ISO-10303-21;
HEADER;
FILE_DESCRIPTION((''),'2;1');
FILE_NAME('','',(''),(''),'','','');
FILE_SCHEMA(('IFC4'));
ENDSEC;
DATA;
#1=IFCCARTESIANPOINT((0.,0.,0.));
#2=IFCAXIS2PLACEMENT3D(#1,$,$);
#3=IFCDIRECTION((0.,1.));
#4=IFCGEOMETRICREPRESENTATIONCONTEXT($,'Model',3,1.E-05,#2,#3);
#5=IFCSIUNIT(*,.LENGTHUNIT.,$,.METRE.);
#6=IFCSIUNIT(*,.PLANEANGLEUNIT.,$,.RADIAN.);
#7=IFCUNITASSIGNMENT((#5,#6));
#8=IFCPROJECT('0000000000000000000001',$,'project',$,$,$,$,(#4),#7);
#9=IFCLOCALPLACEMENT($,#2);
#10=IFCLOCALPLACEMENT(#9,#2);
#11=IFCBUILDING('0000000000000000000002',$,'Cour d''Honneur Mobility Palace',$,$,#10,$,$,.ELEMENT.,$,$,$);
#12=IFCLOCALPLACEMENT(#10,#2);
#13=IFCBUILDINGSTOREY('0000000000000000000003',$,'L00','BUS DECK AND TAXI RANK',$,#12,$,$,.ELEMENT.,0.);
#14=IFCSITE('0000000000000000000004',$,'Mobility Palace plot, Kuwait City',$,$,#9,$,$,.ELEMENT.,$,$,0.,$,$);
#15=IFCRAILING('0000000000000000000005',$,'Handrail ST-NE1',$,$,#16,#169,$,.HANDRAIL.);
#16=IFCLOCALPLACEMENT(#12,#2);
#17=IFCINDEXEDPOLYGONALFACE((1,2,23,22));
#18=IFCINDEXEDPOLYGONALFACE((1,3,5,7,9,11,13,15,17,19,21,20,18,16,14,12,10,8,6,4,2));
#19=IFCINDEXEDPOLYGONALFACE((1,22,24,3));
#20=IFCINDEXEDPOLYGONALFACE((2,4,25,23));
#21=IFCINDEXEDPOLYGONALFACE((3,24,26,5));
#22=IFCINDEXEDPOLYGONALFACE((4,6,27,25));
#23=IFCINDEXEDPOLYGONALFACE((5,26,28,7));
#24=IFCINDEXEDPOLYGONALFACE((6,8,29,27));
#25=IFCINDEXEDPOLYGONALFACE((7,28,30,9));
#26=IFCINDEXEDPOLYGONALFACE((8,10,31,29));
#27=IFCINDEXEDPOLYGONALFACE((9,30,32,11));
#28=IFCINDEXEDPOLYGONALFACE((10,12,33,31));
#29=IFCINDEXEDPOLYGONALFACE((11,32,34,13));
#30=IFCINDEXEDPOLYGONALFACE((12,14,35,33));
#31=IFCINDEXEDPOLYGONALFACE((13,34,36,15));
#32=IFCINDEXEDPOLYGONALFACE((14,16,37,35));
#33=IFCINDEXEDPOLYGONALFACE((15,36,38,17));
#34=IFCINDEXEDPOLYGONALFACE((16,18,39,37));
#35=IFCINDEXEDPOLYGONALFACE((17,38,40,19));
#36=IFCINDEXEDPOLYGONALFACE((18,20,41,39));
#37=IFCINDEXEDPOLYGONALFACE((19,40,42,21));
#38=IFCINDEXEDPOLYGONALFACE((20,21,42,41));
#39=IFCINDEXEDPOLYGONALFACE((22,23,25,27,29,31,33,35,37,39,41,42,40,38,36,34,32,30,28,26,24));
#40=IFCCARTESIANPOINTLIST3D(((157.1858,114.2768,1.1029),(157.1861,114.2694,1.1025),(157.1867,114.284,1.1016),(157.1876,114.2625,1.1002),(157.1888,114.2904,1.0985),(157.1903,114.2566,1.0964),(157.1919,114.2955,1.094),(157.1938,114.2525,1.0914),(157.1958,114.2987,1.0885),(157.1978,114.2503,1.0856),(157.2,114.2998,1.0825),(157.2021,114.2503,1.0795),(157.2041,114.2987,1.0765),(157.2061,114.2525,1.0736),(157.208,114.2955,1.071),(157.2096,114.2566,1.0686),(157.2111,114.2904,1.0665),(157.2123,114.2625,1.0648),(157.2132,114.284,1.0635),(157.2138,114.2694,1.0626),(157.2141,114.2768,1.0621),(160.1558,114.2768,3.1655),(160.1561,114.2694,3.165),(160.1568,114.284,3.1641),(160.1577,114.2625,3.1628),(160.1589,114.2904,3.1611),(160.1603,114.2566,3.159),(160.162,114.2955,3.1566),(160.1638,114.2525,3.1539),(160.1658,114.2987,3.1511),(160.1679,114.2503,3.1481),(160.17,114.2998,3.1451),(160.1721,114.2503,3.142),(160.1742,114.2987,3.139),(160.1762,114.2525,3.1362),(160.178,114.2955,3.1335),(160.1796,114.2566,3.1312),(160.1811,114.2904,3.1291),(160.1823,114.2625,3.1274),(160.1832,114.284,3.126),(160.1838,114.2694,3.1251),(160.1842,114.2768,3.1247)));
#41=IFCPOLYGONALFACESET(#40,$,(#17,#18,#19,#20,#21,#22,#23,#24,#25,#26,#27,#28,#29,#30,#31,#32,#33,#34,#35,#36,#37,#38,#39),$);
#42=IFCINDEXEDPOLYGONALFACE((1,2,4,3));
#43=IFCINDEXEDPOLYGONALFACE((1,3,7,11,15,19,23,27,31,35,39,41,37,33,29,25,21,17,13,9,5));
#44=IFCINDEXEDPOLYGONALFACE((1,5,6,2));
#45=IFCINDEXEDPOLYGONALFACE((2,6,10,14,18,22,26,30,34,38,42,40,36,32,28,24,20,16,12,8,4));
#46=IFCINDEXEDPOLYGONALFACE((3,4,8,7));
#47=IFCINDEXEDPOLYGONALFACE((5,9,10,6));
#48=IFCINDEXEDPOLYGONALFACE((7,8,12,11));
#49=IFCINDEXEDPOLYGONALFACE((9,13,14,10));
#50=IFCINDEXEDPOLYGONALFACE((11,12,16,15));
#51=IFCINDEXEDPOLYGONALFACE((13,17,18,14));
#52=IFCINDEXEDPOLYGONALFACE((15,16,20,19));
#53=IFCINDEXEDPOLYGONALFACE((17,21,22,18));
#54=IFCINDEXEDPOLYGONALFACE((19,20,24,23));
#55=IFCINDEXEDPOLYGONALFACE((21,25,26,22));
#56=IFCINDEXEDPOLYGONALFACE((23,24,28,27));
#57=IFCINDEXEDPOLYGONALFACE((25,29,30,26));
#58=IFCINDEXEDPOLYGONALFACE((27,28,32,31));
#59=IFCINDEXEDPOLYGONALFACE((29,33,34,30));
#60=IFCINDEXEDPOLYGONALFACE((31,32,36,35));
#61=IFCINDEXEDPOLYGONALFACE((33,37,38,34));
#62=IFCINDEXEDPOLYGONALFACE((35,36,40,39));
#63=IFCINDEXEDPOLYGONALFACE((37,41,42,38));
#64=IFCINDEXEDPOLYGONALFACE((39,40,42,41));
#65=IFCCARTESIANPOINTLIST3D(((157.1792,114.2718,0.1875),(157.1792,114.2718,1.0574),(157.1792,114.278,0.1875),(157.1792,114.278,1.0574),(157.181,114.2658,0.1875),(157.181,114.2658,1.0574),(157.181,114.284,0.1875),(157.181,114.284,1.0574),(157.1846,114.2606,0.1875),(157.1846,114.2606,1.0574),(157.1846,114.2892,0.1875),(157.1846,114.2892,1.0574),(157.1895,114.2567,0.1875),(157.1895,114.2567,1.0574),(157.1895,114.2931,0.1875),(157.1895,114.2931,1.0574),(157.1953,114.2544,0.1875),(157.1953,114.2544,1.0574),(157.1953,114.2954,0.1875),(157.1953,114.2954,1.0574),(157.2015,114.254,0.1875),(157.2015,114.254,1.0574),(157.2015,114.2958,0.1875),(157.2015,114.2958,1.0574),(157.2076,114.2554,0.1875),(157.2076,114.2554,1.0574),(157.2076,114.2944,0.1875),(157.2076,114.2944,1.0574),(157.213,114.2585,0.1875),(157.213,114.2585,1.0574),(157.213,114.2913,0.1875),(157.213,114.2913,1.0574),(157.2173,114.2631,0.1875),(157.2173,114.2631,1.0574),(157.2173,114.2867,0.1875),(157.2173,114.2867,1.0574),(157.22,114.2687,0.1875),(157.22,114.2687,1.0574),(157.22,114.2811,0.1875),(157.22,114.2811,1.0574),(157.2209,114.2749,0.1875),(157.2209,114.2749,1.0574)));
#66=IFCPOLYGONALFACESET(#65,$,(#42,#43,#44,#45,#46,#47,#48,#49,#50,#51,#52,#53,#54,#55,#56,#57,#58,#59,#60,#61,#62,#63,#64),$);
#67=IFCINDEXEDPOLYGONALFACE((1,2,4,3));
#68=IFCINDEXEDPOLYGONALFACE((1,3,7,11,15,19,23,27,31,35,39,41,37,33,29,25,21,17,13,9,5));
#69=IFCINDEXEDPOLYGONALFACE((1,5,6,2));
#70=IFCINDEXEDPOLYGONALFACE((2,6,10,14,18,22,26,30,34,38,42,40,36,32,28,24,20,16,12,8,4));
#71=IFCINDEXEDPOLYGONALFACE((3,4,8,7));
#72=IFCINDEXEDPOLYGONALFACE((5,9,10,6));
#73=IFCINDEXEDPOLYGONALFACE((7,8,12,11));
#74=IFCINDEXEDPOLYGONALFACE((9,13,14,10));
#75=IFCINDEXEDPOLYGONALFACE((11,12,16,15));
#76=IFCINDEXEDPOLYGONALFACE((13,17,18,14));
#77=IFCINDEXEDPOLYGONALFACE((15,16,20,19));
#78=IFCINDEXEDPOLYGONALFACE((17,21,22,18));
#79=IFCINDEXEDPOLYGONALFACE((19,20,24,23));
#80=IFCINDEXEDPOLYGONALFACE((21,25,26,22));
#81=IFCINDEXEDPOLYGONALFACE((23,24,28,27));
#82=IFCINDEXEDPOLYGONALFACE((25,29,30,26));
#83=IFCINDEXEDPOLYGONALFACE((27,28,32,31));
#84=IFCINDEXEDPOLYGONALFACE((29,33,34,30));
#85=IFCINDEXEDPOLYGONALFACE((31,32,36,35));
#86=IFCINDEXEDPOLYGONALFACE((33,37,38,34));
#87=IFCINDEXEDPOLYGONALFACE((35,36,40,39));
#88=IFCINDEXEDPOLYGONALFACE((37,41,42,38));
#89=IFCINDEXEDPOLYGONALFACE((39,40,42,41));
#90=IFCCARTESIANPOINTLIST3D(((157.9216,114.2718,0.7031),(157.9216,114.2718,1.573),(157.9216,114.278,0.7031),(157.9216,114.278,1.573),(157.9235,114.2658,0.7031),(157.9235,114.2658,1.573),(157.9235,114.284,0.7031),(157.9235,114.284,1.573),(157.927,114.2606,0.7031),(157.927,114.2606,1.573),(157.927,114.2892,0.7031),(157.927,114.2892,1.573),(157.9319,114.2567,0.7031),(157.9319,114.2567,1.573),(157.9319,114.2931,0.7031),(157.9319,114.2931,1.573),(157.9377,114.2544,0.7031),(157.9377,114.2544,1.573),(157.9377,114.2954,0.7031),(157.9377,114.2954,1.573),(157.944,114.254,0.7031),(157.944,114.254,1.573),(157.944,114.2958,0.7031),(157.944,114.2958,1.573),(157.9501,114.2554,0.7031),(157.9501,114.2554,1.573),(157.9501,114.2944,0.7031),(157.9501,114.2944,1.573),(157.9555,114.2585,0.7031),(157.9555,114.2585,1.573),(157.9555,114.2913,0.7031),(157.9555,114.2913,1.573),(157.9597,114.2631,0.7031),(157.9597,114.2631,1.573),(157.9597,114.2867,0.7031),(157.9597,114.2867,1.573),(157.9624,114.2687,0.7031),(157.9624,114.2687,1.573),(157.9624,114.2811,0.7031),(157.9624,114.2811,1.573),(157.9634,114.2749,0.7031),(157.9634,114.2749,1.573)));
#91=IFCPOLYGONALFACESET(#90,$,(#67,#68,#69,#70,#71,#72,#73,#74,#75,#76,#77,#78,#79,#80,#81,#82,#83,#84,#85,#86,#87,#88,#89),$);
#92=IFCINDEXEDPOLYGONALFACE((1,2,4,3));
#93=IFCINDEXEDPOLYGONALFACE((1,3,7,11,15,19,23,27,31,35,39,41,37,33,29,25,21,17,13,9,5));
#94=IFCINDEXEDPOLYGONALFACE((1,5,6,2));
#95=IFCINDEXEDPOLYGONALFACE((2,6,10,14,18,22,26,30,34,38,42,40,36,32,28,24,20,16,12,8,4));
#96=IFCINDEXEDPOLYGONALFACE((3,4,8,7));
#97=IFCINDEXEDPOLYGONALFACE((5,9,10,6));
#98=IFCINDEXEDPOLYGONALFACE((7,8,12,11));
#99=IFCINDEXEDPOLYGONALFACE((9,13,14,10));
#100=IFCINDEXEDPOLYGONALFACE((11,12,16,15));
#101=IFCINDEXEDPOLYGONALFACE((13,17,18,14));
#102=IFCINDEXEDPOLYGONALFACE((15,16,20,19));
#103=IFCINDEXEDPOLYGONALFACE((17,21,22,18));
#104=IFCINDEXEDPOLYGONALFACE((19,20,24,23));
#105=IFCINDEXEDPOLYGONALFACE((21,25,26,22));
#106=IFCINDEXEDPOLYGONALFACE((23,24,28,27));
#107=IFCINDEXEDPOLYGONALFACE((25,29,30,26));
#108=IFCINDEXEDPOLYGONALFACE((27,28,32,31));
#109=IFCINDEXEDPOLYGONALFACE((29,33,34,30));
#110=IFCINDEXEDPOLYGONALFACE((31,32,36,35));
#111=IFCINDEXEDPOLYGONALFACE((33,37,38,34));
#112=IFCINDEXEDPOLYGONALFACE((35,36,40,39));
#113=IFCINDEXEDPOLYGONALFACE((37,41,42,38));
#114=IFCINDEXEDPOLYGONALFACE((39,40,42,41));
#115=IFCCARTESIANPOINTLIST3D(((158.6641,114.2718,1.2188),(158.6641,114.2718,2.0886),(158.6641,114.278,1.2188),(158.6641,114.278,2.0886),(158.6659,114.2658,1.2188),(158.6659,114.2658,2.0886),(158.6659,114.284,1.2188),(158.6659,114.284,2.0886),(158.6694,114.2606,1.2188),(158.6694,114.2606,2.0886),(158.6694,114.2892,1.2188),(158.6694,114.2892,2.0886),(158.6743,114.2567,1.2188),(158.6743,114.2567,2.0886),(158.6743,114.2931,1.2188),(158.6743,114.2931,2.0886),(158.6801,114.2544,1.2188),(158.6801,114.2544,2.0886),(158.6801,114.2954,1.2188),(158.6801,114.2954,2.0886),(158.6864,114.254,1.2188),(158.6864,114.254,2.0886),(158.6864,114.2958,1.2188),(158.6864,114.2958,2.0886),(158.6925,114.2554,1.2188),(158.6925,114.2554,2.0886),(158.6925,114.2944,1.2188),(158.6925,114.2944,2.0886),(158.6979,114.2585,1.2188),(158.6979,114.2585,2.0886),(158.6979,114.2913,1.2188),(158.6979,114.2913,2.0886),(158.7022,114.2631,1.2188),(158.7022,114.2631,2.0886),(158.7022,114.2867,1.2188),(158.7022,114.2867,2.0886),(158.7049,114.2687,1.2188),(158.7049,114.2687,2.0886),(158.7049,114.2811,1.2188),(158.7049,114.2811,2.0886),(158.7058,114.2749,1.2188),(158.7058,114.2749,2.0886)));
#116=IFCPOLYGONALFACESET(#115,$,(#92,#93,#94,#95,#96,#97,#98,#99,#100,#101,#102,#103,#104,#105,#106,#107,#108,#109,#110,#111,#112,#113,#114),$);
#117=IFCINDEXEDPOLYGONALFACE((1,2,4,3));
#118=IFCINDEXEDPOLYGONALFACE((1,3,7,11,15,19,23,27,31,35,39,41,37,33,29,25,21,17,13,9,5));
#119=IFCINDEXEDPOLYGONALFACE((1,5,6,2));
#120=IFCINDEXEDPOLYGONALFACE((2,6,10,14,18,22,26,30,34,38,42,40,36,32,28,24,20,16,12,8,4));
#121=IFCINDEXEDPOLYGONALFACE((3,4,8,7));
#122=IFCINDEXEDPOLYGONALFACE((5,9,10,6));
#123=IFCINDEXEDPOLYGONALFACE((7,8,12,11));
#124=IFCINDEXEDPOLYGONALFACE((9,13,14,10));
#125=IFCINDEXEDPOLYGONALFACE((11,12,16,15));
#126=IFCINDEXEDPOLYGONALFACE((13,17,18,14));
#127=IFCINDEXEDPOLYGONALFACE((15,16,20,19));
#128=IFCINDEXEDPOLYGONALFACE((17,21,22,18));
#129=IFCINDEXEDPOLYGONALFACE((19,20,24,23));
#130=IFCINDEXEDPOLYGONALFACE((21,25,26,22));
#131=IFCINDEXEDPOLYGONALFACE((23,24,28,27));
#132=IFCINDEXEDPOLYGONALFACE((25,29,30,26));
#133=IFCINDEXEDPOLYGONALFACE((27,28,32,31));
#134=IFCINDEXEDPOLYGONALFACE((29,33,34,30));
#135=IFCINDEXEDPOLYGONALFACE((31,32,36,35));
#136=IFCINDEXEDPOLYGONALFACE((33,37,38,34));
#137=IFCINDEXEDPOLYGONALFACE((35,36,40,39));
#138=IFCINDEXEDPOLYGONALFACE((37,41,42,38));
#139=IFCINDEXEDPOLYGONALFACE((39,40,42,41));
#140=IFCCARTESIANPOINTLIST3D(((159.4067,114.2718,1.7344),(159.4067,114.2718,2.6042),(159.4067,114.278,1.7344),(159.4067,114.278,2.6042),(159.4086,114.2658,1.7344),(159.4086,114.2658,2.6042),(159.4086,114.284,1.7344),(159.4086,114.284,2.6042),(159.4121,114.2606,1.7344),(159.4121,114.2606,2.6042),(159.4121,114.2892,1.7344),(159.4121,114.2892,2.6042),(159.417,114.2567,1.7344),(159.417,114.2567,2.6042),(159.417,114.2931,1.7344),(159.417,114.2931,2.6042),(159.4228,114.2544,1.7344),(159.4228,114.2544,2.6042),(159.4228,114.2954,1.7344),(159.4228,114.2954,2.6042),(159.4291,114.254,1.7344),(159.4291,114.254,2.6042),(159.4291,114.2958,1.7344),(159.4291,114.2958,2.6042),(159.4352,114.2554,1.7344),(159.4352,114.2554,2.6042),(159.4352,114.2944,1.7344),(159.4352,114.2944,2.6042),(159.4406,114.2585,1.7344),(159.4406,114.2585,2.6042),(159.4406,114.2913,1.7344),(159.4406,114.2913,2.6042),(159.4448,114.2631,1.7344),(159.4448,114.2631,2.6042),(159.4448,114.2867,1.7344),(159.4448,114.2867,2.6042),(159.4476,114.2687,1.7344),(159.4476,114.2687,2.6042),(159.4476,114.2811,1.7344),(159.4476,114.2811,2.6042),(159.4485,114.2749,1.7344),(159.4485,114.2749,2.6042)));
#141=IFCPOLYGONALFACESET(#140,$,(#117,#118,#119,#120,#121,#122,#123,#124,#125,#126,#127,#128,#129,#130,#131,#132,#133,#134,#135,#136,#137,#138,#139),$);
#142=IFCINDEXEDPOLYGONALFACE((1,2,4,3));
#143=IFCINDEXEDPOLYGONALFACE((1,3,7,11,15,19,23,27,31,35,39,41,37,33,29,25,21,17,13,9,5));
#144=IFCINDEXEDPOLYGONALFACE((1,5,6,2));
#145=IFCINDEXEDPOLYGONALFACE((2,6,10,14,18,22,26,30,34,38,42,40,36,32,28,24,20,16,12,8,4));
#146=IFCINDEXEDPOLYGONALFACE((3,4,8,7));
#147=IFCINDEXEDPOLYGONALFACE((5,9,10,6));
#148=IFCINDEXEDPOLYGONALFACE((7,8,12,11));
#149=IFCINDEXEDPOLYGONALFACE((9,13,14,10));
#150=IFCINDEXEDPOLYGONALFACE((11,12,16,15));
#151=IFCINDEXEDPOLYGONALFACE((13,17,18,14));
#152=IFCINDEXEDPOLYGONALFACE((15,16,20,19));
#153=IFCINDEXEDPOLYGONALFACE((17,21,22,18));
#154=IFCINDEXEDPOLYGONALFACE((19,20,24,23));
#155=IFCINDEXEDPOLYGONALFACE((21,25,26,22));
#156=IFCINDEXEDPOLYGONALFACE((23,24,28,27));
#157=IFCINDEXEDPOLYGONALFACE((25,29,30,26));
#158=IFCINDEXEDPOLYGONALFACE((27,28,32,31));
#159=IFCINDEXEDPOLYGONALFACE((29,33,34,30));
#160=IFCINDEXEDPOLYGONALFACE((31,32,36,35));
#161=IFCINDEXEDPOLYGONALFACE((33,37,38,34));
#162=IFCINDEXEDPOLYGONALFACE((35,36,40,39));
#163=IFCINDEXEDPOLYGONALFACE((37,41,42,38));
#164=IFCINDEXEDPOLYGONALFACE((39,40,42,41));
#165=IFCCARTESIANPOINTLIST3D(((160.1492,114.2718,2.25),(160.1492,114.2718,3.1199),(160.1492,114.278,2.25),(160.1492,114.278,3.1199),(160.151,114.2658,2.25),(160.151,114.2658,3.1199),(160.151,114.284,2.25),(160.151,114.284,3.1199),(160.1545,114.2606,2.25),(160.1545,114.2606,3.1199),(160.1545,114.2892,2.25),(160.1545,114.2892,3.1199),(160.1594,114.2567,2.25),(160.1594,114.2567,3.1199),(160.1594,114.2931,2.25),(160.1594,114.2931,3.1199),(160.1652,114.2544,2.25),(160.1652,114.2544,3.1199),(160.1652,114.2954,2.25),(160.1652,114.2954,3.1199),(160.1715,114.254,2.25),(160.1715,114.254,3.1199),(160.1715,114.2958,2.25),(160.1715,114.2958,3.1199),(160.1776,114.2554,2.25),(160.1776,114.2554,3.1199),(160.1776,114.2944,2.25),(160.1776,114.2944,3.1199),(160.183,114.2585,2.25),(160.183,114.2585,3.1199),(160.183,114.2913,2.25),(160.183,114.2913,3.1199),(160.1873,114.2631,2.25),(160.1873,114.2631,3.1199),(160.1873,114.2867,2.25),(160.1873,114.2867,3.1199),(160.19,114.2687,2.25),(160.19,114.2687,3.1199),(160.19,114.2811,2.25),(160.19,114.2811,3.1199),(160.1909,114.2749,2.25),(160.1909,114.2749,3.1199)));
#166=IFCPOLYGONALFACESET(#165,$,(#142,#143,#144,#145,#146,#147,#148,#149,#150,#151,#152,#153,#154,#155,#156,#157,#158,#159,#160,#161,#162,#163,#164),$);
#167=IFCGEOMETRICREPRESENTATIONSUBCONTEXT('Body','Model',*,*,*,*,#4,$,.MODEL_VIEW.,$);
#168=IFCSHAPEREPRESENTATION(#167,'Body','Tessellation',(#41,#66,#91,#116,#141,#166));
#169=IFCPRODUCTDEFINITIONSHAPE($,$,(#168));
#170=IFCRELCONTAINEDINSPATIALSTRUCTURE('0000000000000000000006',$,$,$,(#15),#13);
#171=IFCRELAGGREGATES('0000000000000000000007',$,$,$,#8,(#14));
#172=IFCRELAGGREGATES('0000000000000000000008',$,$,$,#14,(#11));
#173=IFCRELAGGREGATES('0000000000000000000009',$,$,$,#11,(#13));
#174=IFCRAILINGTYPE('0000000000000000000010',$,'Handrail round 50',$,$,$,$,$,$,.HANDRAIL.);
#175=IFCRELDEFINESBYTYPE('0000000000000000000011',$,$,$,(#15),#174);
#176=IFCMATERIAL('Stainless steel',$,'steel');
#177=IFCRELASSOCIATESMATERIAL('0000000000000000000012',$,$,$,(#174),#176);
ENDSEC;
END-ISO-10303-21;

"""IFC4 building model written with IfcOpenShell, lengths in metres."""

from ifc_helpers import new_model, si_unit, direction, frame, origin, origin_2d, place, context, subcontext, project, spatial, circle, extrude, material, type_object, element, save


model = new_model("IFC4")

# Units and contexts
model_context = context("Model", 3, precision=1e-05, world=origin(), true_north=direction((0.0, 1.0)))
body_context = subcontext(model_context, "Body", "Model", "MODEL_VIEW")
ifc_project = project(units=[si_unit("LENGTHUNIT", "METRE"), si_unit("PLANEANGLEUNIT", "RADIAN")], contexts=[model_context])

# Site, building, storey
site_placement = place(None, origin())
site = spatial("IfcSite", under=ifc_project, at=site_placement, Name="Mobility Palace plot, Kuwait City", CompositionType="ELEMENT", RefElevation=0.0)
building_placement = place(site_placement, origin())
building = spatial("IfcBuilding", under=site, at=building_placement, Name="Cour d'Honneur Mobility Palace", CompositionType="ELEMENT")
storey_placement = place(building_placement, origin())
storey = spatial("IfcBuildingStorey", under=building, at=storey_placement, Name="L00", Description="BUS DECK AND TAXI RANK", CompositionType="ELEMENT", Elevation=0.0)

# Railing
ifc_material_1 = material(Name="Stainless steel", Category="steel")
railing_type = type_object("IfcRailingType", Name="Handrail round 50", PredefinedType="HANDRAIL", material=ifc_material_1)
for number, where, name in (
    (1, (157.2, 114.2749, 0.1875), "Handrail ST-NE1"),
):
    element("IfcRailing", number, at=place(storey_placement, frame(where)), inside=storey, type_object=railing_type, Name=name, PredefinedType="HANDRAIL", context=body_context, shape_type="SweptSolid", body=[
        extrude(circle(Radius=0.0249, at=origin_2d()), frame((0.0, 0.0, 0.895), z_axis=(0.821367, 0.0, 0.5704), x_axis=(0.0, 1.0, 0.0)), (0.0, 0.0, 1.0), 3.616),
        extrude(circle(Radius=0.021, at=origin_2d()), origin(), (0.0, 0.0, 1.0), 0.8699),
        extrude(circle(Radius=0.021, at=origin_2d()), frame((0.7424, 0.0, 0.5156)), (0.0, 0.0, 1.0), 0.8699),
        extrude(circle(Radius=0.021, at=origin_2d()), frame((1.4849, 0.0, 1.0312)), (0.0, 0.0, 1.0), 0.8699),
        extrude(circle(Radius=0.021, at=origin_2d()), frame((2.2275, 0.0, 1.5469)), (0.0, 0.0, 1.0), 0.8699),
        extrude(circle(Radius=0.021, at=origin_2d()), frame((2.97, 0.0, 2.0625)), (0.0, 0.0, 1.0), 0.8699),
    ])

save(model, "model.ifc")
